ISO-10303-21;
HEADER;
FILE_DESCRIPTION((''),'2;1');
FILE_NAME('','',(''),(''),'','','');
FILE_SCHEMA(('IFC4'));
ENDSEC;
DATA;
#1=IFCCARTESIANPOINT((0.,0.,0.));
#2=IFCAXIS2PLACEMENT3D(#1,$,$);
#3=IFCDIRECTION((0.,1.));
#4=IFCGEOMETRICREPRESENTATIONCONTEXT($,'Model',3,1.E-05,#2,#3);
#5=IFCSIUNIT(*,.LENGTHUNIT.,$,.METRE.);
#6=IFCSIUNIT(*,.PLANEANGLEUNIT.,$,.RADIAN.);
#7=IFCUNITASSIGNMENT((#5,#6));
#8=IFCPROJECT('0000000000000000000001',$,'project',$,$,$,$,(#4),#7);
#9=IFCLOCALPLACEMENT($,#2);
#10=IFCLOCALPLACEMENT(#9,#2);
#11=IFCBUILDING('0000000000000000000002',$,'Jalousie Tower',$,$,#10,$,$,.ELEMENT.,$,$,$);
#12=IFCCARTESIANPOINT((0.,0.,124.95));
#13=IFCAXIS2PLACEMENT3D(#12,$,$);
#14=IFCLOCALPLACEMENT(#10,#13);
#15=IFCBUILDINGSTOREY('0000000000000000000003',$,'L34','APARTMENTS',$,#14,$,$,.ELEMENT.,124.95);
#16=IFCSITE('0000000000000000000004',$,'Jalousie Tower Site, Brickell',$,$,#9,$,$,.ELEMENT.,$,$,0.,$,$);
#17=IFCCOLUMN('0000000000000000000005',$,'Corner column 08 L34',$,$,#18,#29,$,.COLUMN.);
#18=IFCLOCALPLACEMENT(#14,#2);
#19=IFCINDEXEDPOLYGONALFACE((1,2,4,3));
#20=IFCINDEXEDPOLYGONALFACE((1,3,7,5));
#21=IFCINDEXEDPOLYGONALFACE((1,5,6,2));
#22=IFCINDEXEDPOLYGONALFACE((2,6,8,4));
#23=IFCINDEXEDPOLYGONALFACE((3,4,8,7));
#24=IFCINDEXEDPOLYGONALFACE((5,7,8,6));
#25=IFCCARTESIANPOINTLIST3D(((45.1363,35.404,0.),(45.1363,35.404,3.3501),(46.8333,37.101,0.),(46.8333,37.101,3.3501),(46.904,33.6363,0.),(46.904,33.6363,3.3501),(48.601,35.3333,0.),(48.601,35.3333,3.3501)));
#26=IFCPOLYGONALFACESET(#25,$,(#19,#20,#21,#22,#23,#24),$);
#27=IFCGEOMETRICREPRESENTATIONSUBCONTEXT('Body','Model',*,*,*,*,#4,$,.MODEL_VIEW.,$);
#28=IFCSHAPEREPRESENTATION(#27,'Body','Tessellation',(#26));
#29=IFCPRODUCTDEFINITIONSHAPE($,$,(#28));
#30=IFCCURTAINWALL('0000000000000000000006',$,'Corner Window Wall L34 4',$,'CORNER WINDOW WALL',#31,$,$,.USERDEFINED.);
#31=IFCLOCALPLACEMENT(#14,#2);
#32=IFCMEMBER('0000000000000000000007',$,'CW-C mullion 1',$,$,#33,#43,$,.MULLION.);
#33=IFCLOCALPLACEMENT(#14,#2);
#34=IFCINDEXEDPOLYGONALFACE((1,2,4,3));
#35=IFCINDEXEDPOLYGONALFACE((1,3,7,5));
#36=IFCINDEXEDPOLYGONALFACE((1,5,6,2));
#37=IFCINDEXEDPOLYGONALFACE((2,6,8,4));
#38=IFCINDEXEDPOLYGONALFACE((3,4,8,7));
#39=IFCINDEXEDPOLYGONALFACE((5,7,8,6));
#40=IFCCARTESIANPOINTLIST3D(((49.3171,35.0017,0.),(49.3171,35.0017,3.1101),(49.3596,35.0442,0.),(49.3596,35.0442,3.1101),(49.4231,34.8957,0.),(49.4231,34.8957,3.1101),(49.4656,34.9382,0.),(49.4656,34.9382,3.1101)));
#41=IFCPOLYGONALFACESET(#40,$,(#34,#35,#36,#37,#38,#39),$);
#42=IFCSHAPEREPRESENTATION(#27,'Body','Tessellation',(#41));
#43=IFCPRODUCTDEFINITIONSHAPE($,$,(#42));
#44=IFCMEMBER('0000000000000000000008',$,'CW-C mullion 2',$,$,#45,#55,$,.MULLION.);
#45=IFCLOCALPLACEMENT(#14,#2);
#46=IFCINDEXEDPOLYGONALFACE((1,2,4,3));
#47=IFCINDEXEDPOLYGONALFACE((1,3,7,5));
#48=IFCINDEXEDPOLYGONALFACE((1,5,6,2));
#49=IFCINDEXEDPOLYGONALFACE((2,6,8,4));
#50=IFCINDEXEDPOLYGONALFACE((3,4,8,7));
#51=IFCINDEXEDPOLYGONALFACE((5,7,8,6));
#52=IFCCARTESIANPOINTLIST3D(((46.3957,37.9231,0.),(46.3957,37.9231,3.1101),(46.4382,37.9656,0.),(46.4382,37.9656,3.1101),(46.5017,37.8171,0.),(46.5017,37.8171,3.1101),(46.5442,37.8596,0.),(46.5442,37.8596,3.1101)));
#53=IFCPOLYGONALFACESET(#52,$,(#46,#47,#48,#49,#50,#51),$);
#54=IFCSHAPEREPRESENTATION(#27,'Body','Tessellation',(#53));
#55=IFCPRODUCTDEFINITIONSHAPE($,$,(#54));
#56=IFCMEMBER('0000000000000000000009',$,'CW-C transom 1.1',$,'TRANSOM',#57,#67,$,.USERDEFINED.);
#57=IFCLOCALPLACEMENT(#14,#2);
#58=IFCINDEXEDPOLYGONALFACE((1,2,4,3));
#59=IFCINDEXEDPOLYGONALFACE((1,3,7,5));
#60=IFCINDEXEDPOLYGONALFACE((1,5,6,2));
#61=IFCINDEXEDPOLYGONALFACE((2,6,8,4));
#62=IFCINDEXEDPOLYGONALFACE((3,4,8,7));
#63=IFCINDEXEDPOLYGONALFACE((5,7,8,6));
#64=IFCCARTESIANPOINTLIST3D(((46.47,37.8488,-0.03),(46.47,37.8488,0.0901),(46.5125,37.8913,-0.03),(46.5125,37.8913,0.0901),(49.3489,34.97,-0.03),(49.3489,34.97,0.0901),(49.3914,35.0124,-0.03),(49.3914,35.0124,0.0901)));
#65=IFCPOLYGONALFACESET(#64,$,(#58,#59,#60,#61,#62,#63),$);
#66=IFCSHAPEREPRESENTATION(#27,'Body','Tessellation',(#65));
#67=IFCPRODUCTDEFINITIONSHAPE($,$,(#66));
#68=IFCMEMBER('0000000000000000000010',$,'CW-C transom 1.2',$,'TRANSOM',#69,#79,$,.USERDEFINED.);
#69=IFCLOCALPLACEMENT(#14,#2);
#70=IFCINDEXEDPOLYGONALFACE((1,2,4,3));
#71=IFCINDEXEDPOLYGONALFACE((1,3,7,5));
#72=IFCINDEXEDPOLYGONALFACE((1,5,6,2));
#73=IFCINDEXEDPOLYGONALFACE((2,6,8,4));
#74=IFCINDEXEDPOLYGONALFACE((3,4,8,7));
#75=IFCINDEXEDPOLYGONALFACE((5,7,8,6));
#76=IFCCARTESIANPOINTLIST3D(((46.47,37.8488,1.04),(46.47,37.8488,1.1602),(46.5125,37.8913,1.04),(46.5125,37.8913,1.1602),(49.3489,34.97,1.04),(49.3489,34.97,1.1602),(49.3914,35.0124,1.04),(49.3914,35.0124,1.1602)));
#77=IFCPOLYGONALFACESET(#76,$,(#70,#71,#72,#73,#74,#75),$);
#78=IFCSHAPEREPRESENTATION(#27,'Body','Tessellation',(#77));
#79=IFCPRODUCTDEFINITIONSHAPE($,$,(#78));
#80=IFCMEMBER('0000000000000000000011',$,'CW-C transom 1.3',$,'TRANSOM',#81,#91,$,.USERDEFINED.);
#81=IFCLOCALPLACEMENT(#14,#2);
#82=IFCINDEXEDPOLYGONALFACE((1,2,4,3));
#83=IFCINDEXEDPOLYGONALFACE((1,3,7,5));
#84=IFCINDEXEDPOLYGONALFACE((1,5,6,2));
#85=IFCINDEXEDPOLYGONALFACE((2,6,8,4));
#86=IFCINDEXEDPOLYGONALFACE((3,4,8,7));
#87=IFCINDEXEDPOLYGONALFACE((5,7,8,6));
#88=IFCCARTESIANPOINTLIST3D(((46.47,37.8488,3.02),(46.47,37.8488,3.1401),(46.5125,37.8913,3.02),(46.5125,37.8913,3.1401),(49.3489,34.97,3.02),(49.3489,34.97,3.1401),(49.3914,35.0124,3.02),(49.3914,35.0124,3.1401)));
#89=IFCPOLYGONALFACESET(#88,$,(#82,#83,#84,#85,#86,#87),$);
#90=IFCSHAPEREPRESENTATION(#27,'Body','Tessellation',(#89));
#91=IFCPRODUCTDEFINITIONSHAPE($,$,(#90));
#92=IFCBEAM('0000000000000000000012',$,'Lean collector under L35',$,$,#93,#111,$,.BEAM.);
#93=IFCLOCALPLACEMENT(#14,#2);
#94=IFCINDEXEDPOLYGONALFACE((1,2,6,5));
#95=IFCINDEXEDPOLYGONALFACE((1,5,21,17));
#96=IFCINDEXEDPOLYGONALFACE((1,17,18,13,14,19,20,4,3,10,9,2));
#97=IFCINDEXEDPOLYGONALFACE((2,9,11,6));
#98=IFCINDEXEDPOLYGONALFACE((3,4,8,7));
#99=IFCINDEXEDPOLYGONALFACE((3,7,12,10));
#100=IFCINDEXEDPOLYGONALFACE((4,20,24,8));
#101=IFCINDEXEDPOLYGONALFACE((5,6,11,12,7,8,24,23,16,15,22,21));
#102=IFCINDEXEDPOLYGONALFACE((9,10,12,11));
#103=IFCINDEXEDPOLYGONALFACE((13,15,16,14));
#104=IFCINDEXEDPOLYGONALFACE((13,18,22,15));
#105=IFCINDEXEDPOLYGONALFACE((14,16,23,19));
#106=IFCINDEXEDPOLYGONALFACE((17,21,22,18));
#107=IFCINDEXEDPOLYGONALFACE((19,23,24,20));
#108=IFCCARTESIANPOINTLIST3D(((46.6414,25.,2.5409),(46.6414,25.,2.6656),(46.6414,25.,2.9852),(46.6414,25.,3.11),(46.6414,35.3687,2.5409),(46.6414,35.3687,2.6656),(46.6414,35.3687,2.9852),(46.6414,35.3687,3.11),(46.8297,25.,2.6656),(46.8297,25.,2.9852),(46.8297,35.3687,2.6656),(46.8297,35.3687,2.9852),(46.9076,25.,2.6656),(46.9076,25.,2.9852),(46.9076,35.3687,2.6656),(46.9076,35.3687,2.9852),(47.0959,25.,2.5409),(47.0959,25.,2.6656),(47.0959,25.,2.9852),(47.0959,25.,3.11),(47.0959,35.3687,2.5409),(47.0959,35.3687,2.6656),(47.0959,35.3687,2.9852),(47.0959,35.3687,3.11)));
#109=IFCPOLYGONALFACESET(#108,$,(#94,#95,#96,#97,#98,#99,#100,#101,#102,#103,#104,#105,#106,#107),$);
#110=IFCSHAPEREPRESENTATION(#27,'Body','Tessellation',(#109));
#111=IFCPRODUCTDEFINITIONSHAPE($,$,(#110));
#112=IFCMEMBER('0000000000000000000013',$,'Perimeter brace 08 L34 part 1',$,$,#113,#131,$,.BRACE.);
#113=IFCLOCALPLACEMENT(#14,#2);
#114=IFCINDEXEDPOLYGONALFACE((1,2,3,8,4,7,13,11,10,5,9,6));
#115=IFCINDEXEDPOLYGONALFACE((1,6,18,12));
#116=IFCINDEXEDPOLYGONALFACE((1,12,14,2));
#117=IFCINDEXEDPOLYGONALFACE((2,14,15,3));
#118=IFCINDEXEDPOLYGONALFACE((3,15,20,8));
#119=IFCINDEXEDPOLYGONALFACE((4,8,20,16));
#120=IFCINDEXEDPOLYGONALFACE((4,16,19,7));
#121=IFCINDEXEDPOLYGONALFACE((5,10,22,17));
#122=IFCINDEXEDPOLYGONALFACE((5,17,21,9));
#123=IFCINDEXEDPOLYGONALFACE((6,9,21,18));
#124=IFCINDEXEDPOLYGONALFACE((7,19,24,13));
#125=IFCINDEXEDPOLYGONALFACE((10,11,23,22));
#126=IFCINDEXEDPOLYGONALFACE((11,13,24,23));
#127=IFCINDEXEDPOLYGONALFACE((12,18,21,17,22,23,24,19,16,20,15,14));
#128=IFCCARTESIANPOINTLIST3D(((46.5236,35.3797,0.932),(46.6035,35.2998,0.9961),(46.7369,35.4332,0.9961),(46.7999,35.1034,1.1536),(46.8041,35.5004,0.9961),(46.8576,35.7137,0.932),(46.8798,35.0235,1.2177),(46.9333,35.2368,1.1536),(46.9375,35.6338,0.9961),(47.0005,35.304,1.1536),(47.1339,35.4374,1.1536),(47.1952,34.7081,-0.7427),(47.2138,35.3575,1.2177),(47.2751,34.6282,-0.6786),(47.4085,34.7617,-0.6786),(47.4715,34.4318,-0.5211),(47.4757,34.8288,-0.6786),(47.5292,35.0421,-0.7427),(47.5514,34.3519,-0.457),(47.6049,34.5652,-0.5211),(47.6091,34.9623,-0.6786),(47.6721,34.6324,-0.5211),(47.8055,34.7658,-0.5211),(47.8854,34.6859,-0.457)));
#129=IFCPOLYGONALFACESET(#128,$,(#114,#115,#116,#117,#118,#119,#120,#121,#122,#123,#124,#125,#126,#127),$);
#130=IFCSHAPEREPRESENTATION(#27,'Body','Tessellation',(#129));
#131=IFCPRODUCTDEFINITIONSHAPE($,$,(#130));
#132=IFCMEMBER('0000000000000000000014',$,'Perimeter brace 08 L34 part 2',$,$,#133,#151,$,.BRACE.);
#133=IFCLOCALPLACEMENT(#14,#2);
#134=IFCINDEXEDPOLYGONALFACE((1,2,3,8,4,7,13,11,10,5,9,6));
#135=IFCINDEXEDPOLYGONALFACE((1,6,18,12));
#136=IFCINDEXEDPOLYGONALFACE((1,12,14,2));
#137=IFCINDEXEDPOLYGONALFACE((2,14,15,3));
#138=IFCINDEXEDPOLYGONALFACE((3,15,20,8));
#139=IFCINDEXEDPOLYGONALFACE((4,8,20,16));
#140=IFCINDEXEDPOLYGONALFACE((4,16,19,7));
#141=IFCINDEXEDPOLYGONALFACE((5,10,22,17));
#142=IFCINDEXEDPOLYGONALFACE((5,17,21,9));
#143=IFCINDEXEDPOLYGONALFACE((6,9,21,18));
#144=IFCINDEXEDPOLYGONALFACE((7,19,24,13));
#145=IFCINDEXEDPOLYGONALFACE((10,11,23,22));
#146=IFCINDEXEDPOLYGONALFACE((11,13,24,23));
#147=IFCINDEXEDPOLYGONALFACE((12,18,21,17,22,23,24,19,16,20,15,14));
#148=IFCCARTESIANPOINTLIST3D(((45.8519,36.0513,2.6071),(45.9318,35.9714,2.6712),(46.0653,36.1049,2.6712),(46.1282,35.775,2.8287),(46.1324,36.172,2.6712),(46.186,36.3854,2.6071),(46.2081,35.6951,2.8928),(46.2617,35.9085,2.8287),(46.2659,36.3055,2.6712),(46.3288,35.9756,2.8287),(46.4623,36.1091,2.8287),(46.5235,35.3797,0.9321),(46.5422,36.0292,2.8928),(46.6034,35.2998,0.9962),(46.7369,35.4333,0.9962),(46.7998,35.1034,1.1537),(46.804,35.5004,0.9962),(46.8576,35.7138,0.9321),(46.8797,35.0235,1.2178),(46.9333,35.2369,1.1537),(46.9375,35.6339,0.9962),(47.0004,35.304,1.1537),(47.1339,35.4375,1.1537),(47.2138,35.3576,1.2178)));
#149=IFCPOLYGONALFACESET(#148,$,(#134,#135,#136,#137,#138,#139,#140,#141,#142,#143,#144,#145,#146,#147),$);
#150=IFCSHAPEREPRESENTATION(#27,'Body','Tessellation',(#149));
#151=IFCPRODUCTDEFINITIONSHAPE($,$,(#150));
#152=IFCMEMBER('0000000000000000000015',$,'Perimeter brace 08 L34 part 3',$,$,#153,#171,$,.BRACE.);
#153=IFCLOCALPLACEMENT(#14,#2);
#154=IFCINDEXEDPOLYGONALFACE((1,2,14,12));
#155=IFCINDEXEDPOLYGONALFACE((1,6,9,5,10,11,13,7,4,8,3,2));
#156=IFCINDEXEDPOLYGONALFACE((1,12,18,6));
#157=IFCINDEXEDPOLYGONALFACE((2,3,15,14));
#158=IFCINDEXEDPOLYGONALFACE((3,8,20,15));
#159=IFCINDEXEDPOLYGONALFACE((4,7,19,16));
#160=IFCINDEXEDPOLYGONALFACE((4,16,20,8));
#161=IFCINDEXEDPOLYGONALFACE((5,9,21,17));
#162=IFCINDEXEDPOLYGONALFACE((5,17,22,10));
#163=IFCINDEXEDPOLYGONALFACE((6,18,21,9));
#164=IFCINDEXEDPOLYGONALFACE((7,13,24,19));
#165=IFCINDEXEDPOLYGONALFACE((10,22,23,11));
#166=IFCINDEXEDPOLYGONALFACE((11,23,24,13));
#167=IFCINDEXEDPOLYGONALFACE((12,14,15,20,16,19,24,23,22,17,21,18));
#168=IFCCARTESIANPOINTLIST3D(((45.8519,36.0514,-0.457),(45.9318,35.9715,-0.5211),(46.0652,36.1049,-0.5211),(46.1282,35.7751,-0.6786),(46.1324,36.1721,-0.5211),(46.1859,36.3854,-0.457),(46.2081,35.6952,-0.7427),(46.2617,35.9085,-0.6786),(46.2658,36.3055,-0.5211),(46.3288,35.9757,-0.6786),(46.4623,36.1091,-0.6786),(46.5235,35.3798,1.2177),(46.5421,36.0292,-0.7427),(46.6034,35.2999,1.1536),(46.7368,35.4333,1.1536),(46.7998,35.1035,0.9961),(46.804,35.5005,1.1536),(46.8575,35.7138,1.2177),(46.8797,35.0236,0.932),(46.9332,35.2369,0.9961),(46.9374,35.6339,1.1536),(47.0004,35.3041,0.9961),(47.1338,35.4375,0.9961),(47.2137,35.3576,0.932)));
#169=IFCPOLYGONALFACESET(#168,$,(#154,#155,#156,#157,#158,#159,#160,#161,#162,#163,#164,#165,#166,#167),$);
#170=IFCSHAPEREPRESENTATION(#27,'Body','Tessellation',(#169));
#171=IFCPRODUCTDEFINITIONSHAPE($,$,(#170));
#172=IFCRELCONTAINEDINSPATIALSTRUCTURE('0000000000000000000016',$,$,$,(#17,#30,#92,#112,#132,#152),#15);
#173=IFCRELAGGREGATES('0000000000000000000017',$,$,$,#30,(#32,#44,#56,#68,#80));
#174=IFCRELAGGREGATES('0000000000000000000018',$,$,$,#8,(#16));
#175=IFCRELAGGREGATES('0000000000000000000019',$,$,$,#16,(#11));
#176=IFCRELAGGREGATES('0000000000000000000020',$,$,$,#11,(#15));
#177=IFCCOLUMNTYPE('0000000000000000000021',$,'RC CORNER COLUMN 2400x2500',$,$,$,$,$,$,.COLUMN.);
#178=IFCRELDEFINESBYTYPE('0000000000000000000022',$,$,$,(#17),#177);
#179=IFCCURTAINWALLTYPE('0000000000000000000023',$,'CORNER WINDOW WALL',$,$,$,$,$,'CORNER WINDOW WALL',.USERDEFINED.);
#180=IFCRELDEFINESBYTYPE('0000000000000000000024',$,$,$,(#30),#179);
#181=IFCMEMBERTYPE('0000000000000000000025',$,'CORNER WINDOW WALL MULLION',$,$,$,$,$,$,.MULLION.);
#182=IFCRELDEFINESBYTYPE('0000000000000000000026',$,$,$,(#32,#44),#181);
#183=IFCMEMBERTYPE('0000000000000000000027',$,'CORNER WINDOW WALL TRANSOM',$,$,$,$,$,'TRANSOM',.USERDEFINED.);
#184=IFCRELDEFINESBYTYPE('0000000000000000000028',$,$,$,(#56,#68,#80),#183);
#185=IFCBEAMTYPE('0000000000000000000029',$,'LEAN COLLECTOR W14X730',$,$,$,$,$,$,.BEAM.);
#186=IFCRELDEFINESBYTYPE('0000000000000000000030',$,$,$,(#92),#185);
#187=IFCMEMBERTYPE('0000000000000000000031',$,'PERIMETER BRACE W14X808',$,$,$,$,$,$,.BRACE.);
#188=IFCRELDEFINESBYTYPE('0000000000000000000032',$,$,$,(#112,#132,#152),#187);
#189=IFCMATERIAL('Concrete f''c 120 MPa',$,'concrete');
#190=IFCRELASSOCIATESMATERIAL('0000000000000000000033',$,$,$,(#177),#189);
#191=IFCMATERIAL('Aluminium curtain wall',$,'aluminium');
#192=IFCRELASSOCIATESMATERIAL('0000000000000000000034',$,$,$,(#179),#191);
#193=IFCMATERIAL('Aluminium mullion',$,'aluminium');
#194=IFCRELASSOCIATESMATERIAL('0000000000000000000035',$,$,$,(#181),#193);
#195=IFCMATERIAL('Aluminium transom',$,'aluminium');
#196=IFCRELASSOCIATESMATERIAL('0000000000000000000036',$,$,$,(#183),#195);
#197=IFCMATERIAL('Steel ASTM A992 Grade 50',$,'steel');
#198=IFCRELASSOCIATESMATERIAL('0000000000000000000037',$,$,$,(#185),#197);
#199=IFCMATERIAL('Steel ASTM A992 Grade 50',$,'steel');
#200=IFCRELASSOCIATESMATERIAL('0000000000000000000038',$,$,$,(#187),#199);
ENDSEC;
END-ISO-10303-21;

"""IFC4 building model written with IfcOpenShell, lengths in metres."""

from ifc_helpers import new_model, si_unit, direction, frame, origin, origin_2d, place, context, subcontext, project, spatial, rectangle, i_section, extrude, material, material_profile, profile_set, type_object, element, aggregate, save


model = new_model("IFC4")

# Units and contexts
model_context = context("Model", 3, precision=1e-05, world=origin(), true_north=direction((0.0, 1.0)))
body_context = subcontext(model_context, "Body", "Model", "MODEL_VIEW")
ifc_project = project(units=[si_unit("LENGTHUNIT", "METRE"), si_unit("PLANEANGLEUNIT", "RADIAN")], contexts=[model_context])

# Site, building, storey
site_placement = place(None, origin())
site = spatial("IfcSite", under=ifc_project, at=site_placement, Name="Jalousie Tower Site, Brickell", CompositionType="ELEMENT", RefElevation=0.0)
building_placement = place(site_placement, origin())
building = spatial("IfcBuilding", under=site, at=building_placement, Name="Jalousie Tower", CompositionType="ELEMENT")
storey_placement = place(building_placement, frame((0.0, 0.0, 124.95)))
storey = spatial("IfcBuildingStorey", under=building, at=storey_placement, Name="L34", Description="APARTMENTS", CompositionType="ELEMENT", Elevation=124.95)

# Column
ifc_material_1 = material(Name="Concrete f'c 120 MPa", Category="concrete")
ifc_material_profile_1 = material_profile(ifc_material_1, rectangle(XDim=2.3999, YDim=2.5, at=origin_2d()), Name="RC 2400x2500")
ifc_profile_set_1 = profile_set([ifc_material_profile_1], Name="Concrete f'c 120 MPa")
column_type = type_object("IfcColumnType", Name="RC CORNER COLUMN 2400x2500", PredefinedType="COLUMN", material=ifc_profile_set_1)
column_placement = place(storey_placement, frame((46.8687, 35.3687, 0.0), z_axis=(0.0, 0.0, 1.0), x_axis=(-0.707107, -0.707107, 0.0)))
element("IfcColumn", 1, at=column_placement, inside=storey, type_object=column_type, Name="Corner column 08 L34", PredefinedType="COLUMN", context=body_context, shape_type="SweptSolid", body=[
    extrude(rectangle(XDim=2.3999, YDim=2.5, at=origin_2d()), origin(), (0.0, 0.0, 1.0), 3.3501),
])

# Curtain wall, members
ifc_material_2 = material(Name="Aluminium curtain wall", Category="aluminium")
curtain_wall_type_1 = type_object("IfcCurtainWallType", Name="CORNER WINDOW WALL", ElementType="CORNER WINDOW WALL", PredefinedType="USERDEFINED", material=ifc_material_2)
curtain_wall_1_placement = place(storey_placement, origin())
curtain_wall_1 = element("IfcCurtainWall", 2, at=curtain_wall_1_placement, inside=storey, type_object=curtain_wall_type_1, Name="Corner Window Wall L34 4", ObjectType="CORNER WINDOW WALL", PredefinedType="USERDEFINED")
ifc_material_3 = material(Name="Aluminium mullion", Category="aluminium")
ifc_material_profile_2 = material_profile(ifc_material_3, rectangle(XDim=0.0601, YDim=0.1499, at=origin_2d()), Name="MULLION 60x150")
ifc_profile_set_2 = profile_set([ifc_material_profile_2], Name="Aluminium mullion")
member_type_1 = type_object("IfcMemberType", Name="CORNER WINDOW WALL MULLION", PredefinedType="MULLION", material=ifc_profile_set_2)
member_1_placement = place(storey_placement, frame((49.3914, 34.97, 0.0), z_axis=(0.0, 0.0, 1.0), x_axis=(-0.707107, -0.707107, 0.0)))
member_1 = element("IfcMember", 3, at=member_1_placement, type_object=member_type_1, Name="CW-C mullion 1", PredefinedType="MULLION", context=body_context, shape_type="SweptSolid", body=[
    extrude(rectangle(XDim=0.0601, YDim=0.1499, at=origin_2d()), origin(), (0.0, 0.0, 1.0), 3.1101),
])
member_2_placement = place(storey_placement, frame((46.47, 37.8914, 0.0), z_axis=(0.0, 0.0, 1.0), x_axis=(-0.707107, -0.707107, 0.0)))
member_2 = element("IfcMember", 4, at=member_2_placement, type_object=member_type_1, Name="CW-C mullion 2", PredefinedType="MULLION", context=body_context, shape_type="SweptSolid", body=[
    extrude(rectangle(XDim=0.0601, YDim=0.1499, at=origin_2d()), origin(), (0.0, 0.0, 1.0), 3.1101),
])
ifc_material_4 = material(Name="Aluminium transom", Category="aluminium")
ifc_material_profile_3 = material_profile(ifc_material_4, rectangle(XDim=0.0601, YDim=0.1201, at=origin_2d()), Name="TRANSOM 60x120")
ifc_profile_set_3 = profile_set([ifc_material_profile_3], Name="Aluminium transom")
member_type_2 = type_object("IfcMemberType", Name="CORNER WINDOW WALL TRANSOM", ElementType="TRANSOM", PredefinedType="USERDEFINED", material=ifc_profile_set_3)
member_3_placement = place(storey_placement, frame((49.3701, 34.9912, 0.03), z_axis=(-0.707107, 0.707107, 0.0), x_axis=(-0.707107, -0.707107, 0.0)))
member_3 = element("IfcMember", 5, at=member_3_placement, type_object=member_type_2, Name="CW-C transom 1.1", ObjectType="TRANSOM", PredefinedType="USERDEFINED", context=body_context, shape_type="SweptSolid", body=[
    extrude(rectangle(XDim=0.0601, YDim=0.1201, at=origin_2d()), origin(), (0.0, 0.0, 1.0), 4.0713),
])
member_4_placement = place(storey_placement, frame((49.3701, 34.9912, 1.1001), z_axis=(-0.707107, 0.707107, 0.0), x_axis=(-0.707107, -0.707107, 0.0)))
member_4 = element("IfcMember", 6, at=member_4_placement, type_object=member_type_2, Name="CW-C transom 1.2", ObjectType="TRANSOM", PredefinedType="USERDEFINED", context=body_context, shape_type="SweptSolid", body=[
    extrude(rectangle(XDim=0.0601, YDim=0.1201, at=origin_2d()), origin(), (0.0, 0.0, 1.0), 4.0713),
])
member_5_placement = place(storey_placement, frame((49.3701, 34.9912, 3.0801), z_axis=(-0.707107, 0.707107, 0.0), x_axis=(-0.707107, -0.707107, 0.0)))
member_5 = element("IfcMember", 7, at=member_5_placement, type_object=member_type_2, Name="CW-C transom 1.3", ObjectType="TRANSOM", PredefinedType="USERDEFINED", context=body_context, shape_type="SweptSolid", body=[
    extrude(rectangle(XDim=0.0601, YDim=0.1201, at=origin_2d()), origin(), (0.0, 0.0, 1.0), 4.0713),
])

# Beam
ifc_material_5 = material(Name="Steel ASTM A992 Grade 50", Category="steel")
ifc_material_profile_4 = material_profile(ifc_material_5, i_section(OverallWidth=0.4546, OverallDepth=0.5691, WebThickness=0.0779, FlangeThickness=0.1248, at=origin_2d()), Name="W14X730")
ifc_profile_set_4 = profile_set([ifc_material_profile_4], Name="Steel ASTM A992 Grade 50")
beam_type_1 = type_object("IfcBeamType", Name="LEAN COLLECTOR W14X730", PredefinedType="BEAM", material=ifc_profile_set_4)
beam_1_placement = place(storey_placement, frame((46.8687, 35.3687, 2.8254), z_axis=(0.0, -1.0, 0.0), x_axis=(1.0, 0.0, 0.0)))
element("IfcBeam", 8, at=beam_1_placement, inside=storey, type_object=beam_type_1, Name="Lean collector under L35", PredefinedType="BEAM", context=body_context, shape_type="SweptSolid", body=[
    extrude(i_section(OverallWidth=0.4546, OverallDepth=0.5691, WebThickness=0.0779, FlangeThickness=0.1248, at=origin_2d()), origin(), (0.0, 0.0, 1.0), 10.3687),
])

# Members
ifc_material_6 = material(Name="Steel ASTM A992 Grade 50", Category="steel")
ifc_material_profile_5 = material_profile(ifc_material_6, i_section(OverallWidth=0.4724, OverallDepth=0.5791, WebThickness=0.095, FlangeThickness=0.1299, at=origin_2d()), Name="W14X808")
ifc_profile_set_5 = profile_set([ifc_material_profile_5], Name="Steel ASTM A992 Grade 50")
member_type_3 = type_object("IfcMemberType", Name="PERIMETER BRACE W14X808", PredefinedType="BRACE", material=ifc_profile_set_5)
member_6_placement = place(storey_placement, frame((47.5403, 34.697, -0.5999), z_axis=(-0.348828, 0.348828, 0.86985), x_axis=(-0.707107, -0.707107, 0.0)))
element("IfcMember", 9, at=member_6_placement, inside=storey, type_object=member_type_3, Name="Perimeter brace 08 L34 part 1", PredefinedType="BRACE", context=body_context, shape_type="SweptSolid", body=[
    extrude(i_section(OverallWidth=0.4724, OverallDepth=0.5791, WebThickness=0.095, FlangeThickness=0.1299, at=origin_2d()), origin(), (0.0, 0.0, 1.0), 1.9253),
])
member_7_placement = place(storey_placement, frame((46.8687, 35.3687, 1.075), z_axis=(-0.348789, 0.348789, 0.869881), x_axis=(-0.707107, -0.707107, 0.0)))
element("IfcMember", 10, at=member_7_placement, inside=storey, type_object=member_type_3, Name="Perimeter brace 08 L34 part 2", PredefinedType="BRACE", context=body_context, shape_type="SweptSolid", body=[
    extrude(i_section(OverallWidth=0.4724, OverallDepth=0.5791, WebThickness=0.095, FlangeThickness=0.1299, at=origin_2d()), origin(), (0.0, 0.0, 1.0), 1.9255),
])
member_8_placement = place(storey_placement, frame((46.197, 36.0403, -0.5999), z_axis=(0.348828, -0.348828, 0.86985), x_axis=(0.707107, 0.707107, 0.0)))
element("IfcMember", 11, at=member_8_placement, inside=storey, type_object=member_type_3, Name="Perimeter brace 08 L34 part 3", PredefinedType="BRACE", context=body_context, shape_type="SweptSolid", body=[
    extrude(i_section(OverallWidth=0.4724, OverallDepth=0.5791, WebThickness=0.095, FlangeThickness=0.1299, at=origin_2d()), origin(), (0.0, 0.0, 1.0), 1.9253),
])

aggregate(curtain_wall_1, [member_1, member_2, member_3, member_4, member_5])

save(model, "model.ifc")
